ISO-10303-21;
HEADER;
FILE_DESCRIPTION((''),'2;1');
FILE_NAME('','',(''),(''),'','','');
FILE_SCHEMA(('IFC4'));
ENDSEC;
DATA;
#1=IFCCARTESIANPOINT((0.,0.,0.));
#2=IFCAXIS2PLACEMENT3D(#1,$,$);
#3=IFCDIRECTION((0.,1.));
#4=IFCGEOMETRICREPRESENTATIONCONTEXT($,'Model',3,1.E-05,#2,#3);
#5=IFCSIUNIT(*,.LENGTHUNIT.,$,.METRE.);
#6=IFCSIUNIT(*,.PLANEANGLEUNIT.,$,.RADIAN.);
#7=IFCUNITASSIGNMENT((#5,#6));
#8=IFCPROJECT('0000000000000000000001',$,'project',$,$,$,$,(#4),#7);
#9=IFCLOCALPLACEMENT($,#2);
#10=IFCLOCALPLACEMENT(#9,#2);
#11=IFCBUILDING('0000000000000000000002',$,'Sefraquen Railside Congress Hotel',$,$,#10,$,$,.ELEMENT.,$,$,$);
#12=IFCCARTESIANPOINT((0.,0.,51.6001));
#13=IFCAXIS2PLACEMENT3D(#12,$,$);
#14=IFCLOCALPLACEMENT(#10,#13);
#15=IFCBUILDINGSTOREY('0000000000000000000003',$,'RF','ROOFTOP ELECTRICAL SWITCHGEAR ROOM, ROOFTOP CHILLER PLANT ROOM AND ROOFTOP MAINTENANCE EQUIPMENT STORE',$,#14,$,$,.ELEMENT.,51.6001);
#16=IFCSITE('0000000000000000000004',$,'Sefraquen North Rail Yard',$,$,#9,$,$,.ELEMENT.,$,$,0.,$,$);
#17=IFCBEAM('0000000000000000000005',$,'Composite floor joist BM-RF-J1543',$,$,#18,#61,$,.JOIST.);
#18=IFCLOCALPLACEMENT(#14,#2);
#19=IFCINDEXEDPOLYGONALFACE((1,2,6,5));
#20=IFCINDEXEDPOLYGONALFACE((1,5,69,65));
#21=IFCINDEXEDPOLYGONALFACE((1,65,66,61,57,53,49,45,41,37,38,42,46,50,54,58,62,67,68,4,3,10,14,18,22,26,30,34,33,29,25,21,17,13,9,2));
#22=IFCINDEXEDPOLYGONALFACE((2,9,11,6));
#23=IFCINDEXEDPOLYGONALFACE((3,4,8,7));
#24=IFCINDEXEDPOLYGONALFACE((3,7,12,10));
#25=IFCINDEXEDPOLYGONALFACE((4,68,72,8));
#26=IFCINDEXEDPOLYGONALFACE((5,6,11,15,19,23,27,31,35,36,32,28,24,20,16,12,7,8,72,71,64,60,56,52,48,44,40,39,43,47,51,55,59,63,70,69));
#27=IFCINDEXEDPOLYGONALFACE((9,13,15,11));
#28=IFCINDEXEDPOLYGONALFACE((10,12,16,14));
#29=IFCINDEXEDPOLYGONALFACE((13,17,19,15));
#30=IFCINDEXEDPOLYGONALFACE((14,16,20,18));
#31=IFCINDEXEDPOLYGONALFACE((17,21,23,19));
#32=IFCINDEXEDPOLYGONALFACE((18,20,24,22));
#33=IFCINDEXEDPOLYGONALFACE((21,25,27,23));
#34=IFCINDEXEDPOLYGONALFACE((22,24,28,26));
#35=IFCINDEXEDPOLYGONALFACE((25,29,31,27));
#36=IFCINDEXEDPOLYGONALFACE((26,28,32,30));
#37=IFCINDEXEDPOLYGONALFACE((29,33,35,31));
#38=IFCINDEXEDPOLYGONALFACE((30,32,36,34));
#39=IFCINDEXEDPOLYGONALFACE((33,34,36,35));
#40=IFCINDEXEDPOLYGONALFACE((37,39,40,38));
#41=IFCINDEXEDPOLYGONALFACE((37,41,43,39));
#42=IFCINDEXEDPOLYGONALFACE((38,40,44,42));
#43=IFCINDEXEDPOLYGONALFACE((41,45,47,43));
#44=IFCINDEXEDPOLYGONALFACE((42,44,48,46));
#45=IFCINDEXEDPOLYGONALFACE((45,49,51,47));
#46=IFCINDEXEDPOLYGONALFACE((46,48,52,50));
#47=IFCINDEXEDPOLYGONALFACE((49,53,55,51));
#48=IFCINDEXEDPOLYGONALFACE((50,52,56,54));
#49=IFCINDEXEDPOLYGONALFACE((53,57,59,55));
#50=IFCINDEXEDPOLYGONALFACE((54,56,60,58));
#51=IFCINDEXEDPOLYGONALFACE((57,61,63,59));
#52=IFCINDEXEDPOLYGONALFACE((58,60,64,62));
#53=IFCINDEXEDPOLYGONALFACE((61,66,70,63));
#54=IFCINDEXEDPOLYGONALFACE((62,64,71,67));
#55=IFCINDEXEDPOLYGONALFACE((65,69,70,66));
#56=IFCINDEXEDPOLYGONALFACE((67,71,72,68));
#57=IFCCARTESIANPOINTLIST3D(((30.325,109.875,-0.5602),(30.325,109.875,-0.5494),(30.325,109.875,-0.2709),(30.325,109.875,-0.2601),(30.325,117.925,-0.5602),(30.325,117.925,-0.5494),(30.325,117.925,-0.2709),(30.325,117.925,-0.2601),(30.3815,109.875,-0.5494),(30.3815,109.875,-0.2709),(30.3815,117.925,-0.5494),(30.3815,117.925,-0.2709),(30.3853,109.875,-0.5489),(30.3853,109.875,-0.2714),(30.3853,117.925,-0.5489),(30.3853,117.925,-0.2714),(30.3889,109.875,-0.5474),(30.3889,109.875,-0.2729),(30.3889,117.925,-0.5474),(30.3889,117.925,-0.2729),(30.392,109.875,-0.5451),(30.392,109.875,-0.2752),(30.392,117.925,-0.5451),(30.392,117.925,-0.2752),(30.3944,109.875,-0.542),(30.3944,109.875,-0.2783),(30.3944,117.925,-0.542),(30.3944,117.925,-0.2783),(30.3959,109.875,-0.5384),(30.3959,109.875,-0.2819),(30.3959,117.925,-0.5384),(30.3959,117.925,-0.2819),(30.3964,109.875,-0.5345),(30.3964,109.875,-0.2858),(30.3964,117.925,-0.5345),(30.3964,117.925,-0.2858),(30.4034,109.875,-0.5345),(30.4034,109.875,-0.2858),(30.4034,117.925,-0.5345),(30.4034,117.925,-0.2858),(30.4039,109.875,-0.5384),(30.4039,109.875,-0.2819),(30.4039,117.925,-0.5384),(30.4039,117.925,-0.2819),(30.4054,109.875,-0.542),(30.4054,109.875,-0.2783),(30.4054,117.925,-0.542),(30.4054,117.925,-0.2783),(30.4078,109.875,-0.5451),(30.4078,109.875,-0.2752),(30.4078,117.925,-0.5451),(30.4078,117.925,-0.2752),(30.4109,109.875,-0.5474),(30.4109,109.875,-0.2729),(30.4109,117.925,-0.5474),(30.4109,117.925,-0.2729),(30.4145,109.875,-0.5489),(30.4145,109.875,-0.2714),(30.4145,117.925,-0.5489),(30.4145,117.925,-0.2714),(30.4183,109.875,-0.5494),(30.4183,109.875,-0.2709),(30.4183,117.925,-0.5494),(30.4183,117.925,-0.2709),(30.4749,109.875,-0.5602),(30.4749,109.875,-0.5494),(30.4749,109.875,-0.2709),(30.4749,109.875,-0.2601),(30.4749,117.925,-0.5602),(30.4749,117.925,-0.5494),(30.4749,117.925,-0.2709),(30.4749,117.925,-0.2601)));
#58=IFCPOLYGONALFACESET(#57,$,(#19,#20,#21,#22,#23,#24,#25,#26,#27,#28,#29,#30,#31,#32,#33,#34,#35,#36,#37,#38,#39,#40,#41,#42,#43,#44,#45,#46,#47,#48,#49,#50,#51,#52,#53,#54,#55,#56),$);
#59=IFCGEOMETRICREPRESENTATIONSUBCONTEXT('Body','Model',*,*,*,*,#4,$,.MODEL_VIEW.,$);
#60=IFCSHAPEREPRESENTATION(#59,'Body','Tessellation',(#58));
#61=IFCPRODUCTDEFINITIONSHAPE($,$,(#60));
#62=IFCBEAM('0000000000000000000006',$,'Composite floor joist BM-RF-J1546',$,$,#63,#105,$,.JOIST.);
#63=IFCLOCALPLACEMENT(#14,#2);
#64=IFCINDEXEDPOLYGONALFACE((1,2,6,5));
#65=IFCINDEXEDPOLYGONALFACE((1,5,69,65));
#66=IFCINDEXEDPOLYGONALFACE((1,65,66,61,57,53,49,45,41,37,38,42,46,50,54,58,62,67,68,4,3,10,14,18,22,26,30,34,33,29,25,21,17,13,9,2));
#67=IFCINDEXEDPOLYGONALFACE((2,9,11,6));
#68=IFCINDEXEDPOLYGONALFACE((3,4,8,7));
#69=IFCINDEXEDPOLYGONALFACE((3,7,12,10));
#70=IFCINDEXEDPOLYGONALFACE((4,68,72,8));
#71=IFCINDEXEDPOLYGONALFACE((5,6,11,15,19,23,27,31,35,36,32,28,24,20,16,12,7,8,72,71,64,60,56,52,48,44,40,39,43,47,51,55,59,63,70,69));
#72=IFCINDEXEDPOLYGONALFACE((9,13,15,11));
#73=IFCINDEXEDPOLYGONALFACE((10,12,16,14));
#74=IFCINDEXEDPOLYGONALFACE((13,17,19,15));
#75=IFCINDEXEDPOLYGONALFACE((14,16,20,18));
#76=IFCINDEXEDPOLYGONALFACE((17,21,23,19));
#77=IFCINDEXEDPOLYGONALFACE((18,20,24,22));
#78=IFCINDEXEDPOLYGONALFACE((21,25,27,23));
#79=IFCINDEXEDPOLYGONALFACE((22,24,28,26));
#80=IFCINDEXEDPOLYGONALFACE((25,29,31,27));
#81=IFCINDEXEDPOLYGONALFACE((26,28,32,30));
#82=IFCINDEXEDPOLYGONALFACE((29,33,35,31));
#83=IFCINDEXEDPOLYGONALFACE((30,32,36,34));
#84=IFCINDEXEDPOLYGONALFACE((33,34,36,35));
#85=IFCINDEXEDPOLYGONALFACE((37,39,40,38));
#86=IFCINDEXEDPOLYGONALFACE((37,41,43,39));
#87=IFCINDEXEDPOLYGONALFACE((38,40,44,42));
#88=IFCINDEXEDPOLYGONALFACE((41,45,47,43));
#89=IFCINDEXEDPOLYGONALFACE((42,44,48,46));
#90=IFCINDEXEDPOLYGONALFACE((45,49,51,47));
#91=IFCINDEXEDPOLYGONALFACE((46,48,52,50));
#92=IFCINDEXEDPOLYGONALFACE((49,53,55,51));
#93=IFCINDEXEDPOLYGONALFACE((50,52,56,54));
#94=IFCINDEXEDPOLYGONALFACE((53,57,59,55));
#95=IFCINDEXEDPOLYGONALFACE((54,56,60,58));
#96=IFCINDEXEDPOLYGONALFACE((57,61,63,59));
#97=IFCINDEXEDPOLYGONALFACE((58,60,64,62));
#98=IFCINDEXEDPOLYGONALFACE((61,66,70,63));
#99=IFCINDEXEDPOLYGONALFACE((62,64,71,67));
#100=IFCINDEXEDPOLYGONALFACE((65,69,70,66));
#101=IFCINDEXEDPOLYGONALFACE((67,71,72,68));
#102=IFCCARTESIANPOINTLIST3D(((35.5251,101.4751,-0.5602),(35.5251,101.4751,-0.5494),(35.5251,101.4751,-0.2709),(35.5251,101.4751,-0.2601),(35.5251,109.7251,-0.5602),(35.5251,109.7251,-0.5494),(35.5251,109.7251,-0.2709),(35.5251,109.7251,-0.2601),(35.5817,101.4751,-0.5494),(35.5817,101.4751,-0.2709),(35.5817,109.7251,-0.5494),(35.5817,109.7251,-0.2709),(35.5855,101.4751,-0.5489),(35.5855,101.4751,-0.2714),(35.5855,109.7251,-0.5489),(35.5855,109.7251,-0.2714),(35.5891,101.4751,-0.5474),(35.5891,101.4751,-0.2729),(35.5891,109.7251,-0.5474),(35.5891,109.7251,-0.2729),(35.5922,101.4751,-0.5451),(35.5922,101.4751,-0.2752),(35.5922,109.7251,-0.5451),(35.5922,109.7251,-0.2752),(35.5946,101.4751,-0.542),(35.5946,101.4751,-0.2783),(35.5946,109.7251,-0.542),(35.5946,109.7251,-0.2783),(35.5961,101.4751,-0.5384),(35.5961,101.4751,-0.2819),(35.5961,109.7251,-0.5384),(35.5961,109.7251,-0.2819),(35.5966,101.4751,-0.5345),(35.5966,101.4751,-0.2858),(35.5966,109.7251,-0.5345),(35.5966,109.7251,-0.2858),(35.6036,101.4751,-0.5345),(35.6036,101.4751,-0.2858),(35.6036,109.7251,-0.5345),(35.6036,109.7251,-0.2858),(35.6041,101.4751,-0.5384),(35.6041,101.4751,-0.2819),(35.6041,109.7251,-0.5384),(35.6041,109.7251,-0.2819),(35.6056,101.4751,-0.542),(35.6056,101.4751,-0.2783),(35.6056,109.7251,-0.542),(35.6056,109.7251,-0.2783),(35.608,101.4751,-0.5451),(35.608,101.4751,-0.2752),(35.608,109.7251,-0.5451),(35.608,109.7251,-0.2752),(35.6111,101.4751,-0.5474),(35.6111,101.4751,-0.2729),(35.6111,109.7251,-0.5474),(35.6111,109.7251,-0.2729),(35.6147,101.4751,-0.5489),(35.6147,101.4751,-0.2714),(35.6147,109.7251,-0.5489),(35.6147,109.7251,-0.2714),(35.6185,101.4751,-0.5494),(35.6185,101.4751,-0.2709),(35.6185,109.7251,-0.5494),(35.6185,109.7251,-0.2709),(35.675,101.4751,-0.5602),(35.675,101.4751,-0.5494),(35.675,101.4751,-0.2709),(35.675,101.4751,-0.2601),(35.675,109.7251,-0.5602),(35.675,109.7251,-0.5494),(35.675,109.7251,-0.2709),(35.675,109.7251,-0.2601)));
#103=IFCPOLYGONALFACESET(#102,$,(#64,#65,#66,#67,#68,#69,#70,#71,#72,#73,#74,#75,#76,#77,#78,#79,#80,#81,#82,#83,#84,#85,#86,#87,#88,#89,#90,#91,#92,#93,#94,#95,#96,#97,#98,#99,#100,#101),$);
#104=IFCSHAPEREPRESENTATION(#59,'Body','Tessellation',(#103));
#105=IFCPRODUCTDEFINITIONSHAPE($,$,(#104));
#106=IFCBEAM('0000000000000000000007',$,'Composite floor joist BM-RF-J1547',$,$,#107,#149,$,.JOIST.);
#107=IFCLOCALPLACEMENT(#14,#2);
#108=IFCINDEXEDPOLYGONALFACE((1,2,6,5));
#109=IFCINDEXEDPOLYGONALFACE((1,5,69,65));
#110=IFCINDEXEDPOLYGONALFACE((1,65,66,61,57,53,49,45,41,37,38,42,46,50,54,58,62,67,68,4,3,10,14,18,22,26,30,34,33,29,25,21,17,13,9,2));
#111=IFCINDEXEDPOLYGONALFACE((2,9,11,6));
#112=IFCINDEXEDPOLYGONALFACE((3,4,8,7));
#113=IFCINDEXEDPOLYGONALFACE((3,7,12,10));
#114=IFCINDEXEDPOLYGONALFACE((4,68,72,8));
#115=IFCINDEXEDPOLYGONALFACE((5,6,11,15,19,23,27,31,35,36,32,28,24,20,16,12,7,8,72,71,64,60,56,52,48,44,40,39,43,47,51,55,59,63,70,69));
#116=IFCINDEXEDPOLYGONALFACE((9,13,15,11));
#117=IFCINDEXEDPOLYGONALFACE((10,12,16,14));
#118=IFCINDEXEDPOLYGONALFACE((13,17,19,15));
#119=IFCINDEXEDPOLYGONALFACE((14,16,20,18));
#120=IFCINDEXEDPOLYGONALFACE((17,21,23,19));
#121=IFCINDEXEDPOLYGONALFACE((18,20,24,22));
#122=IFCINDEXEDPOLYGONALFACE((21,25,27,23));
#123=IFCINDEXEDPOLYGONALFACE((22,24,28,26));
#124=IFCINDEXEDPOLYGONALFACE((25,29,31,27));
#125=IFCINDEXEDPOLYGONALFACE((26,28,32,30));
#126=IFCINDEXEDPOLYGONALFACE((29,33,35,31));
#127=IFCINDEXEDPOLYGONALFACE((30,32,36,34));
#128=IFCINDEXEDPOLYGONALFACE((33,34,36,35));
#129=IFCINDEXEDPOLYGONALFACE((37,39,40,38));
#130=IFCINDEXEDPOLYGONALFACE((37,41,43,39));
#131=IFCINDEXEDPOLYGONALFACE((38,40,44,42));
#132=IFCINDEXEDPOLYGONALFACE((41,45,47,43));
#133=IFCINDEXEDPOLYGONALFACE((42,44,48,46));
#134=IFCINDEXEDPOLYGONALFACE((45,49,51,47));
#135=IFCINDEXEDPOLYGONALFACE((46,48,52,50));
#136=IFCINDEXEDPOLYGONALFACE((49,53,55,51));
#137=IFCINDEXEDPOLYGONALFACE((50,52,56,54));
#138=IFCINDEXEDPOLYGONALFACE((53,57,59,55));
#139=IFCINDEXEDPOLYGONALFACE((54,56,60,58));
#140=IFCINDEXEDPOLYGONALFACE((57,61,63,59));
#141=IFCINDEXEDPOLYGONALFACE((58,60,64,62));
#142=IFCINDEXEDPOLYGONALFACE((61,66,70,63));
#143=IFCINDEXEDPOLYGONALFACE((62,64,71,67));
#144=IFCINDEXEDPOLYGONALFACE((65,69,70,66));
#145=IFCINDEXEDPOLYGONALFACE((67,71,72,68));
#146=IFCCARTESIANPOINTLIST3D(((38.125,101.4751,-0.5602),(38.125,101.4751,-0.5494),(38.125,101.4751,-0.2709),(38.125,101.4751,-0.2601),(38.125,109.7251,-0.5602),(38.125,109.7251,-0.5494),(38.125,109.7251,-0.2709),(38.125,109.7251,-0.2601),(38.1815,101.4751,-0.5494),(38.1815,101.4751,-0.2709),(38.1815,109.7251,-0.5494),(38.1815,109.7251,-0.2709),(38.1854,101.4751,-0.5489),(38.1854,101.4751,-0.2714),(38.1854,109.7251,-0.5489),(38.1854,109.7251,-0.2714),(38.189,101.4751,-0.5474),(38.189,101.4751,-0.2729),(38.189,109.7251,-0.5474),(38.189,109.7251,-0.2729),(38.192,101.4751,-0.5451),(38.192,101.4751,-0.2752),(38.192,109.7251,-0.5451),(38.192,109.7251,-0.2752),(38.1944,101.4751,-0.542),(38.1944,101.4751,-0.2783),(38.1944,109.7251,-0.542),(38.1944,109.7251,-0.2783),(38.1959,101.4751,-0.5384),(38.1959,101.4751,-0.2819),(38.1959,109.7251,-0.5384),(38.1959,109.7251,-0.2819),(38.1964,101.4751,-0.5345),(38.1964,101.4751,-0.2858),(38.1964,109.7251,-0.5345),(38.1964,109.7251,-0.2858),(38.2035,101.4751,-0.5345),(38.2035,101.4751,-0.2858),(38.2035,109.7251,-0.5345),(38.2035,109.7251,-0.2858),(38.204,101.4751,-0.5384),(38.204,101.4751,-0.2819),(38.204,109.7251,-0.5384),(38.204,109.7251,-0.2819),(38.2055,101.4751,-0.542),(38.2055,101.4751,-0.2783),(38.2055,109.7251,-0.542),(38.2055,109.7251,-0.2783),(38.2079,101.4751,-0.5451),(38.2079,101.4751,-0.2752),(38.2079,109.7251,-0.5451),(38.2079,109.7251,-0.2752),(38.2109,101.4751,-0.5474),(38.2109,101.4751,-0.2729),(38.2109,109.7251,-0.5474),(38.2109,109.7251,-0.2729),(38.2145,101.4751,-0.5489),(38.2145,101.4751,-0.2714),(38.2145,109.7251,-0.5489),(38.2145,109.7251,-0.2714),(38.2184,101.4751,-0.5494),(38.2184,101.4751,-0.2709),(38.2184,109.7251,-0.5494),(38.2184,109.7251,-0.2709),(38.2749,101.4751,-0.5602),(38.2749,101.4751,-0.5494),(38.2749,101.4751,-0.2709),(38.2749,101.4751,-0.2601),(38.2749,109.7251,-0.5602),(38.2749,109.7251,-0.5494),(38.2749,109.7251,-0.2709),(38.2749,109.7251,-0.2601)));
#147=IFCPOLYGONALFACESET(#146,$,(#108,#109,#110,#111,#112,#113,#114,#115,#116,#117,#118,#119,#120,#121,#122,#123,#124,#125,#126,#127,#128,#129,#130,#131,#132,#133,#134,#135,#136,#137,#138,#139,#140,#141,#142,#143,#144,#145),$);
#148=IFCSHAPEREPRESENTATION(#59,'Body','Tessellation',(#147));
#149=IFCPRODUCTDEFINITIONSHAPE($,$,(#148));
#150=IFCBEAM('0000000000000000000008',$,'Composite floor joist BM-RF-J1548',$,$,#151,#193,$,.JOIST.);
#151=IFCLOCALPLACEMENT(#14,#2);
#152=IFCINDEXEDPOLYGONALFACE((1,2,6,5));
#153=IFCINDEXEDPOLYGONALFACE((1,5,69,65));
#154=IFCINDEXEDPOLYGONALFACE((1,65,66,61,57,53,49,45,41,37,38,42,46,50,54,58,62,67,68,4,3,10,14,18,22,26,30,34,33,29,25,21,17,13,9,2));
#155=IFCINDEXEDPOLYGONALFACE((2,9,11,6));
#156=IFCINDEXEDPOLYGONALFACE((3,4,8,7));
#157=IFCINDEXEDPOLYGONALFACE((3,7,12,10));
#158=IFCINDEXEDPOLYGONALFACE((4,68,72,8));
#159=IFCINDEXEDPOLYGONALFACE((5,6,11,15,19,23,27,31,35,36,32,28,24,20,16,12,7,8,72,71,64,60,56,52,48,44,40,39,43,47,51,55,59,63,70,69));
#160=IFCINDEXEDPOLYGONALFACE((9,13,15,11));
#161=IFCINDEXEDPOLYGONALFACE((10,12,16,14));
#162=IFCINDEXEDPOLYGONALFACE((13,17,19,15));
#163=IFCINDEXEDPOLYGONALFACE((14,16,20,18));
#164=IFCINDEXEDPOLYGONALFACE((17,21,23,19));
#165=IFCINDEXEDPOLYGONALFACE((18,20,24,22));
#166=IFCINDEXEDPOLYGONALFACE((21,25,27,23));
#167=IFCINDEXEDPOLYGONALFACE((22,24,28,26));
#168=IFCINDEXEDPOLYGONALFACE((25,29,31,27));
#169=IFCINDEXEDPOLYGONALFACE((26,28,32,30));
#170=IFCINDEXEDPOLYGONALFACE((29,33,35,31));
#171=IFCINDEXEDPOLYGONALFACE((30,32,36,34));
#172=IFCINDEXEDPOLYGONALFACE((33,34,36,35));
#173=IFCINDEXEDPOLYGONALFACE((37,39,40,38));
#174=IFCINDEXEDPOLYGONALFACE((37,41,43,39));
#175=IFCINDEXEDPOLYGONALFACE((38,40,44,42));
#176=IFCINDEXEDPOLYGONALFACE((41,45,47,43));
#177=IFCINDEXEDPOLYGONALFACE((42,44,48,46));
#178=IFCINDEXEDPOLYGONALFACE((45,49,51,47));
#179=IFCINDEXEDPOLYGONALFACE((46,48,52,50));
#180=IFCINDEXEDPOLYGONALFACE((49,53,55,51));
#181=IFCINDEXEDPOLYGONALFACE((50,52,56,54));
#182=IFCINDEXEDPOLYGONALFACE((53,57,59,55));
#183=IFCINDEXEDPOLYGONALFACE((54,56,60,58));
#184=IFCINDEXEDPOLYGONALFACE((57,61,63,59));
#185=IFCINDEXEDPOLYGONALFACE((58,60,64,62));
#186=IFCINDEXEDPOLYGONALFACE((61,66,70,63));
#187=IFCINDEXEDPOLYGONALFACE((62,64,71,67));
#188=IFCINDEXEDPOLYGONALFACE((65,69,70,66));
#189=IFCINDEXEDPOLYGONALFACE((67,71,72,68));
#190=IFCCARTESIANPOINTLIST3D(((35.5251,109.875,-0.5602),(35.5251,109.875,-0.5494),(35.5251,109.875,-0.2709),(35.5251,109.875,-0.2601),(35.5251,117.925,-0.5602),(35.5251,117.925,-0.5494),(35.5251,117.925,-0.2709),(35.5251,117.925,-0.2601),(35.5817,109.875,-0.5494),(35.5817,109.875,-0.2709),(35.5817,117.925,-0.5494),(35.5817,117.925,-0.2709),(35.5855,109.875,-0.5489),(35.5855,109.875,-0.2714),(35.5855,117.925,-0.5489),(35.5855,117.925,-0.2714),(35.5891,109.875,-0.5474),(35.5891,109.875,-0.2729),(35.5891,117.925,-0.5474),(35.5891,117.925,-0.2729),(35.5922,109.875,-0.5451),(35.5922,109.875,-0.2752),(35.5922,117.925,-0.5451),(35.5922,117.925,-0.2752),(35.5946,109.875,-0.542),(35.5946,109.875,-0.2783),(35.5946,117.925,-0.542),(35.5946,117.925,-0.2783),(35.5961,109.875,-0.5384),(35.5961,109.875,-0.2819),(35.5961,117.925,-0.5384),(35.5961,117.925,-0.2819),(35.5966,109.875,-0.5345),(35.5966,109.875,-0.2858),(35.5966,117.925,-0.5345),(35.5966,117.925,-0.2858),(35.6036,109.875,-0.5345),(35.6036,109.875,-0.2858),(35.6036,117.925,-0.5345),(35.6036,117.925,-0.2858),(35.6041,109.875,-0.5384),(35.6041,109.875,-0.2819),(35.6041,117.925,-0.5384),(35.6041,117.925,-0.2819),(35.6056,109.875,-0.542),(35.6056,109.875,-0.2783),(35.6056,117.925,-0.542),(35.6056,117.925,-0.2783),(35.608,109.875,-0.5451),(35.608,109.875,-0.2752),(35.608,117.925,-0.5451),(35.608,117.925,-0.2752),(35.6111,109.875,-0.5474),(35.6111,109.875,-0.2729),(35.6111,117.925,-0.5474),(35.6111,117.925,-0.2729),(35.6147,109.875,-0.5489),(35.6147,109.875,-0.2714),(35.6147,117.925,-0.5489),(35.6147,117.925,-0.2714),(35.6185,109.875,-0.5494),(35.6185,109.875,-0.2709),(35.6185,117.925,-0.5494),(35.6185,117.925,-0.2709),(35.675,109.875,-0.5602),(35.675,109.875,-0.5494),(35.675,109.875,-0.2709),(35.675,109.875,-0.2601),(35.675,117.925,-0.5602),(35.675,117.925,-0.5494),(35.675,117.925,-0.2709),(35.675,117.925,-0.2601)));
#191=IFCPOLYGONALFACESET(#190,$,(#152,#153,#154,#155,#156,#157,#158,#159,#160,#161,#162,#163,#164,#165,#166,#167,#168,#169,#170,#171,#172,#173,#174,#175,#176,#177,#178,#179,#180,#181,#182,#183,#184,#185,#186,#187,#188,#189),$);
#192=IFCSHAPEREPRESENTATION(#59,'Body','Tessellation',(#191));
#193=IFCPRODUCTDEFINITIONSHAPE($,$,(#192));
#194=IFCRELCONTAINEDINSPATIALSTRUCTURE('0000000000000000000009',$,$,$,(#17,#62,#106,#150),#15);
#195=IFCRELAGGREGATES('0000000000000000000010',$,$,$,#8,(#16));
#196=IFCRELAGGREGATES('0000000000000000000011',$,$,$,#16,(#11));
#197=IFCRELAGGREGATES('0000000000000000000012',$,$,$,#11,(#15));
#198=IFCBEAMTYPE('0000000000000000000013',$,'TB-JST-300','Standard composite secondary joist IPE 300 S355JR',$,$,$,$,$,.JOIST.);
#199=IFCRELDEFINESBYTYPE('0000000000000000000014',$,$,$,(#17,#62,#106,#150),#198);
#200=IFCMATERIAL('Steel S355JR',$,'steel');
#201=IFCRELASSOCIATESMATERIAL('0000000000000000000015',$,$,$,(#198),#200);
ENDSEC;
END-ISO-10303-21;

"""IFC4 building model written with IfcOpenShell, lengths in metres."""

from ifc_helpers import new_model, si_unit, direction, frame, origin, origin_2d, place, context, subcontext, project, spatial, i_section, extrude, material, material_profile, profile_set, type_object, element, save


model = new_model("IFC4")

# Units and contexts
model_context = context("Model", 3, precision=1e-05, world=origin(), true_north=direction((0.0, 1.0)))
body_context = subcontext(model_context, "Body", "Model", "MODEL_VIEW")
ifc_project = project(units=[si_unit("LENGTHUNIT", "METRE"), si_unit("PLANEANGLEUNIT", "RADIAN")], contexts=[model_context])

# Site, building, storey
site_placement = place(None, origin())
site = spatial("IfcSite", under=ifc_project, at=site_placement, Name="Sefraquen North Rail Yard", CompositionType="ELEMENT", RefElevation=0.0)
building_placement = place(site_placement, origin())
building = spatial("IfcBuilding", under=site, at=building_placement, Name="Sefraquen Railside Congress Hotel", CompositionType="ELEMENT")
storey_placement = place(building_placement, frame((0.0, 0.0, 51.6001)))
storey = spatial("IfcBuildingStorey", under=building, at=storey_placement, Name="RF", Description="ROOFTOP ELECTRICAL SWITCHGEAR ROOM, ROOFTOP CHILLER PLANT ROOM AND ROOFTOP MAINTENANCE EQUIPMENT STORE", CompositionType="ELEMENT", Elevation=51.6001)

# Beams
ifc_material_1 = material(Name="Steel S355JR", Category="steel")
ifc_material_profile_1 = material_profile(ifc_material_1, i_section(OverallWidth=0.1499, OverallDepth=0.3, WebThickness=0.0071, FlangeThickness=0.0107, FilletRadius=0.0149, at=origin_2d()), Name="IPE 300")
ifc_profile_set_1 = profile_set([ifc_material_profile_1], Name="Steel S355JR")
beam_type_1 = type_object("IfcBeamType", Name="TB-JST-300", Description="Standard composite secondary joist IPE 300 S355JR", PredefinedType="JOIST", material=ifc_profile_set_1)
for number, where, z_axis, x_axis, name in (
    (1, (30.3999, 109.875, -0.4102), (0.0, 1.0, 0.0), (-1.0, 0.0, 0.0), "Composite floor joist BM-RF-J1543"),
):
    element("IfcBeam", number, at=place(storey_placement, frame(where, z_axis=z_axis, x_axis=x_axis)), inside=storey, type_object=beam_type_1, Name=name, PredefinedType="JOIST", context=body_context, shape_type="SweptSolid", body=[
        extrude(i_section(OverallWidth=0.1499, OverallDepth=0.3, WebThickness=0.0071, FlangeThickness=0.0107, FilletRadius=0.0149, at=origin_2d()), origin(), (0.0, 0.0, 1.0), 8.05),
    ])
for number, where, z_axis, x_axis, name in (
    (2, (35.6001, 101.4751, -0.4102), (0.0, 1.0, 0.0), (-1.0, 0.0, 0.0), "Composite floor joist BM-RF-J1546"),
    (3, (38.2, 101.4751, -0.4102), (0.0, 1.0, 0.0), (-1.0, 0.0, 0.0), "Composite floor joist BM-RF-J1547"),
):
    element("IfcBeam", number, at=place(storey_placement, frame(where, z_axis=z_axis, x_axis=x_axis)), inside=storey, type_object=beam_type_1, Name=name, PredefinedType="JOIST", context=body_context, shape_type="SweptSolid", body=[
        extrude(i_section(OverallWidth=0.1499, OverallDepth=0.3, WebThickness=0.0071, FlangeThickness=0.0107, FilletRadius=0.0149, at=origin_2d()), origin(), (0.0, 0.0, 1.0), 8.25),
    ])
for number, where, z_axis, x_axis, name in (
    (4, (35.6001, 109.875, -0.4102), (0.0, 1.0, 0.0), (-1.0, 0.0, 0.0), "Composite floor joist BM-RF-J1548"),
):
    element("IfcBeam", number, at=place(storey_placement, frame(where, z_axis=z_axis, x_axis=x_axis)), inside=storey, type_object=beam_type_1, Name=name, PredefinedType="JOIST", context=body_context, shape_type="SweptSolid", body=[
        extrude(i_section(OverallWidth=0.1499, OverallDepth=0.3, WebThickness=0.0071, FlangeThickness=0.0107, FilletRadius=0.0149, at=origin_2d()), origin(), (0.0, 0.0, 1.0), 8.05),
    ])

save(model, "model.ifc")
